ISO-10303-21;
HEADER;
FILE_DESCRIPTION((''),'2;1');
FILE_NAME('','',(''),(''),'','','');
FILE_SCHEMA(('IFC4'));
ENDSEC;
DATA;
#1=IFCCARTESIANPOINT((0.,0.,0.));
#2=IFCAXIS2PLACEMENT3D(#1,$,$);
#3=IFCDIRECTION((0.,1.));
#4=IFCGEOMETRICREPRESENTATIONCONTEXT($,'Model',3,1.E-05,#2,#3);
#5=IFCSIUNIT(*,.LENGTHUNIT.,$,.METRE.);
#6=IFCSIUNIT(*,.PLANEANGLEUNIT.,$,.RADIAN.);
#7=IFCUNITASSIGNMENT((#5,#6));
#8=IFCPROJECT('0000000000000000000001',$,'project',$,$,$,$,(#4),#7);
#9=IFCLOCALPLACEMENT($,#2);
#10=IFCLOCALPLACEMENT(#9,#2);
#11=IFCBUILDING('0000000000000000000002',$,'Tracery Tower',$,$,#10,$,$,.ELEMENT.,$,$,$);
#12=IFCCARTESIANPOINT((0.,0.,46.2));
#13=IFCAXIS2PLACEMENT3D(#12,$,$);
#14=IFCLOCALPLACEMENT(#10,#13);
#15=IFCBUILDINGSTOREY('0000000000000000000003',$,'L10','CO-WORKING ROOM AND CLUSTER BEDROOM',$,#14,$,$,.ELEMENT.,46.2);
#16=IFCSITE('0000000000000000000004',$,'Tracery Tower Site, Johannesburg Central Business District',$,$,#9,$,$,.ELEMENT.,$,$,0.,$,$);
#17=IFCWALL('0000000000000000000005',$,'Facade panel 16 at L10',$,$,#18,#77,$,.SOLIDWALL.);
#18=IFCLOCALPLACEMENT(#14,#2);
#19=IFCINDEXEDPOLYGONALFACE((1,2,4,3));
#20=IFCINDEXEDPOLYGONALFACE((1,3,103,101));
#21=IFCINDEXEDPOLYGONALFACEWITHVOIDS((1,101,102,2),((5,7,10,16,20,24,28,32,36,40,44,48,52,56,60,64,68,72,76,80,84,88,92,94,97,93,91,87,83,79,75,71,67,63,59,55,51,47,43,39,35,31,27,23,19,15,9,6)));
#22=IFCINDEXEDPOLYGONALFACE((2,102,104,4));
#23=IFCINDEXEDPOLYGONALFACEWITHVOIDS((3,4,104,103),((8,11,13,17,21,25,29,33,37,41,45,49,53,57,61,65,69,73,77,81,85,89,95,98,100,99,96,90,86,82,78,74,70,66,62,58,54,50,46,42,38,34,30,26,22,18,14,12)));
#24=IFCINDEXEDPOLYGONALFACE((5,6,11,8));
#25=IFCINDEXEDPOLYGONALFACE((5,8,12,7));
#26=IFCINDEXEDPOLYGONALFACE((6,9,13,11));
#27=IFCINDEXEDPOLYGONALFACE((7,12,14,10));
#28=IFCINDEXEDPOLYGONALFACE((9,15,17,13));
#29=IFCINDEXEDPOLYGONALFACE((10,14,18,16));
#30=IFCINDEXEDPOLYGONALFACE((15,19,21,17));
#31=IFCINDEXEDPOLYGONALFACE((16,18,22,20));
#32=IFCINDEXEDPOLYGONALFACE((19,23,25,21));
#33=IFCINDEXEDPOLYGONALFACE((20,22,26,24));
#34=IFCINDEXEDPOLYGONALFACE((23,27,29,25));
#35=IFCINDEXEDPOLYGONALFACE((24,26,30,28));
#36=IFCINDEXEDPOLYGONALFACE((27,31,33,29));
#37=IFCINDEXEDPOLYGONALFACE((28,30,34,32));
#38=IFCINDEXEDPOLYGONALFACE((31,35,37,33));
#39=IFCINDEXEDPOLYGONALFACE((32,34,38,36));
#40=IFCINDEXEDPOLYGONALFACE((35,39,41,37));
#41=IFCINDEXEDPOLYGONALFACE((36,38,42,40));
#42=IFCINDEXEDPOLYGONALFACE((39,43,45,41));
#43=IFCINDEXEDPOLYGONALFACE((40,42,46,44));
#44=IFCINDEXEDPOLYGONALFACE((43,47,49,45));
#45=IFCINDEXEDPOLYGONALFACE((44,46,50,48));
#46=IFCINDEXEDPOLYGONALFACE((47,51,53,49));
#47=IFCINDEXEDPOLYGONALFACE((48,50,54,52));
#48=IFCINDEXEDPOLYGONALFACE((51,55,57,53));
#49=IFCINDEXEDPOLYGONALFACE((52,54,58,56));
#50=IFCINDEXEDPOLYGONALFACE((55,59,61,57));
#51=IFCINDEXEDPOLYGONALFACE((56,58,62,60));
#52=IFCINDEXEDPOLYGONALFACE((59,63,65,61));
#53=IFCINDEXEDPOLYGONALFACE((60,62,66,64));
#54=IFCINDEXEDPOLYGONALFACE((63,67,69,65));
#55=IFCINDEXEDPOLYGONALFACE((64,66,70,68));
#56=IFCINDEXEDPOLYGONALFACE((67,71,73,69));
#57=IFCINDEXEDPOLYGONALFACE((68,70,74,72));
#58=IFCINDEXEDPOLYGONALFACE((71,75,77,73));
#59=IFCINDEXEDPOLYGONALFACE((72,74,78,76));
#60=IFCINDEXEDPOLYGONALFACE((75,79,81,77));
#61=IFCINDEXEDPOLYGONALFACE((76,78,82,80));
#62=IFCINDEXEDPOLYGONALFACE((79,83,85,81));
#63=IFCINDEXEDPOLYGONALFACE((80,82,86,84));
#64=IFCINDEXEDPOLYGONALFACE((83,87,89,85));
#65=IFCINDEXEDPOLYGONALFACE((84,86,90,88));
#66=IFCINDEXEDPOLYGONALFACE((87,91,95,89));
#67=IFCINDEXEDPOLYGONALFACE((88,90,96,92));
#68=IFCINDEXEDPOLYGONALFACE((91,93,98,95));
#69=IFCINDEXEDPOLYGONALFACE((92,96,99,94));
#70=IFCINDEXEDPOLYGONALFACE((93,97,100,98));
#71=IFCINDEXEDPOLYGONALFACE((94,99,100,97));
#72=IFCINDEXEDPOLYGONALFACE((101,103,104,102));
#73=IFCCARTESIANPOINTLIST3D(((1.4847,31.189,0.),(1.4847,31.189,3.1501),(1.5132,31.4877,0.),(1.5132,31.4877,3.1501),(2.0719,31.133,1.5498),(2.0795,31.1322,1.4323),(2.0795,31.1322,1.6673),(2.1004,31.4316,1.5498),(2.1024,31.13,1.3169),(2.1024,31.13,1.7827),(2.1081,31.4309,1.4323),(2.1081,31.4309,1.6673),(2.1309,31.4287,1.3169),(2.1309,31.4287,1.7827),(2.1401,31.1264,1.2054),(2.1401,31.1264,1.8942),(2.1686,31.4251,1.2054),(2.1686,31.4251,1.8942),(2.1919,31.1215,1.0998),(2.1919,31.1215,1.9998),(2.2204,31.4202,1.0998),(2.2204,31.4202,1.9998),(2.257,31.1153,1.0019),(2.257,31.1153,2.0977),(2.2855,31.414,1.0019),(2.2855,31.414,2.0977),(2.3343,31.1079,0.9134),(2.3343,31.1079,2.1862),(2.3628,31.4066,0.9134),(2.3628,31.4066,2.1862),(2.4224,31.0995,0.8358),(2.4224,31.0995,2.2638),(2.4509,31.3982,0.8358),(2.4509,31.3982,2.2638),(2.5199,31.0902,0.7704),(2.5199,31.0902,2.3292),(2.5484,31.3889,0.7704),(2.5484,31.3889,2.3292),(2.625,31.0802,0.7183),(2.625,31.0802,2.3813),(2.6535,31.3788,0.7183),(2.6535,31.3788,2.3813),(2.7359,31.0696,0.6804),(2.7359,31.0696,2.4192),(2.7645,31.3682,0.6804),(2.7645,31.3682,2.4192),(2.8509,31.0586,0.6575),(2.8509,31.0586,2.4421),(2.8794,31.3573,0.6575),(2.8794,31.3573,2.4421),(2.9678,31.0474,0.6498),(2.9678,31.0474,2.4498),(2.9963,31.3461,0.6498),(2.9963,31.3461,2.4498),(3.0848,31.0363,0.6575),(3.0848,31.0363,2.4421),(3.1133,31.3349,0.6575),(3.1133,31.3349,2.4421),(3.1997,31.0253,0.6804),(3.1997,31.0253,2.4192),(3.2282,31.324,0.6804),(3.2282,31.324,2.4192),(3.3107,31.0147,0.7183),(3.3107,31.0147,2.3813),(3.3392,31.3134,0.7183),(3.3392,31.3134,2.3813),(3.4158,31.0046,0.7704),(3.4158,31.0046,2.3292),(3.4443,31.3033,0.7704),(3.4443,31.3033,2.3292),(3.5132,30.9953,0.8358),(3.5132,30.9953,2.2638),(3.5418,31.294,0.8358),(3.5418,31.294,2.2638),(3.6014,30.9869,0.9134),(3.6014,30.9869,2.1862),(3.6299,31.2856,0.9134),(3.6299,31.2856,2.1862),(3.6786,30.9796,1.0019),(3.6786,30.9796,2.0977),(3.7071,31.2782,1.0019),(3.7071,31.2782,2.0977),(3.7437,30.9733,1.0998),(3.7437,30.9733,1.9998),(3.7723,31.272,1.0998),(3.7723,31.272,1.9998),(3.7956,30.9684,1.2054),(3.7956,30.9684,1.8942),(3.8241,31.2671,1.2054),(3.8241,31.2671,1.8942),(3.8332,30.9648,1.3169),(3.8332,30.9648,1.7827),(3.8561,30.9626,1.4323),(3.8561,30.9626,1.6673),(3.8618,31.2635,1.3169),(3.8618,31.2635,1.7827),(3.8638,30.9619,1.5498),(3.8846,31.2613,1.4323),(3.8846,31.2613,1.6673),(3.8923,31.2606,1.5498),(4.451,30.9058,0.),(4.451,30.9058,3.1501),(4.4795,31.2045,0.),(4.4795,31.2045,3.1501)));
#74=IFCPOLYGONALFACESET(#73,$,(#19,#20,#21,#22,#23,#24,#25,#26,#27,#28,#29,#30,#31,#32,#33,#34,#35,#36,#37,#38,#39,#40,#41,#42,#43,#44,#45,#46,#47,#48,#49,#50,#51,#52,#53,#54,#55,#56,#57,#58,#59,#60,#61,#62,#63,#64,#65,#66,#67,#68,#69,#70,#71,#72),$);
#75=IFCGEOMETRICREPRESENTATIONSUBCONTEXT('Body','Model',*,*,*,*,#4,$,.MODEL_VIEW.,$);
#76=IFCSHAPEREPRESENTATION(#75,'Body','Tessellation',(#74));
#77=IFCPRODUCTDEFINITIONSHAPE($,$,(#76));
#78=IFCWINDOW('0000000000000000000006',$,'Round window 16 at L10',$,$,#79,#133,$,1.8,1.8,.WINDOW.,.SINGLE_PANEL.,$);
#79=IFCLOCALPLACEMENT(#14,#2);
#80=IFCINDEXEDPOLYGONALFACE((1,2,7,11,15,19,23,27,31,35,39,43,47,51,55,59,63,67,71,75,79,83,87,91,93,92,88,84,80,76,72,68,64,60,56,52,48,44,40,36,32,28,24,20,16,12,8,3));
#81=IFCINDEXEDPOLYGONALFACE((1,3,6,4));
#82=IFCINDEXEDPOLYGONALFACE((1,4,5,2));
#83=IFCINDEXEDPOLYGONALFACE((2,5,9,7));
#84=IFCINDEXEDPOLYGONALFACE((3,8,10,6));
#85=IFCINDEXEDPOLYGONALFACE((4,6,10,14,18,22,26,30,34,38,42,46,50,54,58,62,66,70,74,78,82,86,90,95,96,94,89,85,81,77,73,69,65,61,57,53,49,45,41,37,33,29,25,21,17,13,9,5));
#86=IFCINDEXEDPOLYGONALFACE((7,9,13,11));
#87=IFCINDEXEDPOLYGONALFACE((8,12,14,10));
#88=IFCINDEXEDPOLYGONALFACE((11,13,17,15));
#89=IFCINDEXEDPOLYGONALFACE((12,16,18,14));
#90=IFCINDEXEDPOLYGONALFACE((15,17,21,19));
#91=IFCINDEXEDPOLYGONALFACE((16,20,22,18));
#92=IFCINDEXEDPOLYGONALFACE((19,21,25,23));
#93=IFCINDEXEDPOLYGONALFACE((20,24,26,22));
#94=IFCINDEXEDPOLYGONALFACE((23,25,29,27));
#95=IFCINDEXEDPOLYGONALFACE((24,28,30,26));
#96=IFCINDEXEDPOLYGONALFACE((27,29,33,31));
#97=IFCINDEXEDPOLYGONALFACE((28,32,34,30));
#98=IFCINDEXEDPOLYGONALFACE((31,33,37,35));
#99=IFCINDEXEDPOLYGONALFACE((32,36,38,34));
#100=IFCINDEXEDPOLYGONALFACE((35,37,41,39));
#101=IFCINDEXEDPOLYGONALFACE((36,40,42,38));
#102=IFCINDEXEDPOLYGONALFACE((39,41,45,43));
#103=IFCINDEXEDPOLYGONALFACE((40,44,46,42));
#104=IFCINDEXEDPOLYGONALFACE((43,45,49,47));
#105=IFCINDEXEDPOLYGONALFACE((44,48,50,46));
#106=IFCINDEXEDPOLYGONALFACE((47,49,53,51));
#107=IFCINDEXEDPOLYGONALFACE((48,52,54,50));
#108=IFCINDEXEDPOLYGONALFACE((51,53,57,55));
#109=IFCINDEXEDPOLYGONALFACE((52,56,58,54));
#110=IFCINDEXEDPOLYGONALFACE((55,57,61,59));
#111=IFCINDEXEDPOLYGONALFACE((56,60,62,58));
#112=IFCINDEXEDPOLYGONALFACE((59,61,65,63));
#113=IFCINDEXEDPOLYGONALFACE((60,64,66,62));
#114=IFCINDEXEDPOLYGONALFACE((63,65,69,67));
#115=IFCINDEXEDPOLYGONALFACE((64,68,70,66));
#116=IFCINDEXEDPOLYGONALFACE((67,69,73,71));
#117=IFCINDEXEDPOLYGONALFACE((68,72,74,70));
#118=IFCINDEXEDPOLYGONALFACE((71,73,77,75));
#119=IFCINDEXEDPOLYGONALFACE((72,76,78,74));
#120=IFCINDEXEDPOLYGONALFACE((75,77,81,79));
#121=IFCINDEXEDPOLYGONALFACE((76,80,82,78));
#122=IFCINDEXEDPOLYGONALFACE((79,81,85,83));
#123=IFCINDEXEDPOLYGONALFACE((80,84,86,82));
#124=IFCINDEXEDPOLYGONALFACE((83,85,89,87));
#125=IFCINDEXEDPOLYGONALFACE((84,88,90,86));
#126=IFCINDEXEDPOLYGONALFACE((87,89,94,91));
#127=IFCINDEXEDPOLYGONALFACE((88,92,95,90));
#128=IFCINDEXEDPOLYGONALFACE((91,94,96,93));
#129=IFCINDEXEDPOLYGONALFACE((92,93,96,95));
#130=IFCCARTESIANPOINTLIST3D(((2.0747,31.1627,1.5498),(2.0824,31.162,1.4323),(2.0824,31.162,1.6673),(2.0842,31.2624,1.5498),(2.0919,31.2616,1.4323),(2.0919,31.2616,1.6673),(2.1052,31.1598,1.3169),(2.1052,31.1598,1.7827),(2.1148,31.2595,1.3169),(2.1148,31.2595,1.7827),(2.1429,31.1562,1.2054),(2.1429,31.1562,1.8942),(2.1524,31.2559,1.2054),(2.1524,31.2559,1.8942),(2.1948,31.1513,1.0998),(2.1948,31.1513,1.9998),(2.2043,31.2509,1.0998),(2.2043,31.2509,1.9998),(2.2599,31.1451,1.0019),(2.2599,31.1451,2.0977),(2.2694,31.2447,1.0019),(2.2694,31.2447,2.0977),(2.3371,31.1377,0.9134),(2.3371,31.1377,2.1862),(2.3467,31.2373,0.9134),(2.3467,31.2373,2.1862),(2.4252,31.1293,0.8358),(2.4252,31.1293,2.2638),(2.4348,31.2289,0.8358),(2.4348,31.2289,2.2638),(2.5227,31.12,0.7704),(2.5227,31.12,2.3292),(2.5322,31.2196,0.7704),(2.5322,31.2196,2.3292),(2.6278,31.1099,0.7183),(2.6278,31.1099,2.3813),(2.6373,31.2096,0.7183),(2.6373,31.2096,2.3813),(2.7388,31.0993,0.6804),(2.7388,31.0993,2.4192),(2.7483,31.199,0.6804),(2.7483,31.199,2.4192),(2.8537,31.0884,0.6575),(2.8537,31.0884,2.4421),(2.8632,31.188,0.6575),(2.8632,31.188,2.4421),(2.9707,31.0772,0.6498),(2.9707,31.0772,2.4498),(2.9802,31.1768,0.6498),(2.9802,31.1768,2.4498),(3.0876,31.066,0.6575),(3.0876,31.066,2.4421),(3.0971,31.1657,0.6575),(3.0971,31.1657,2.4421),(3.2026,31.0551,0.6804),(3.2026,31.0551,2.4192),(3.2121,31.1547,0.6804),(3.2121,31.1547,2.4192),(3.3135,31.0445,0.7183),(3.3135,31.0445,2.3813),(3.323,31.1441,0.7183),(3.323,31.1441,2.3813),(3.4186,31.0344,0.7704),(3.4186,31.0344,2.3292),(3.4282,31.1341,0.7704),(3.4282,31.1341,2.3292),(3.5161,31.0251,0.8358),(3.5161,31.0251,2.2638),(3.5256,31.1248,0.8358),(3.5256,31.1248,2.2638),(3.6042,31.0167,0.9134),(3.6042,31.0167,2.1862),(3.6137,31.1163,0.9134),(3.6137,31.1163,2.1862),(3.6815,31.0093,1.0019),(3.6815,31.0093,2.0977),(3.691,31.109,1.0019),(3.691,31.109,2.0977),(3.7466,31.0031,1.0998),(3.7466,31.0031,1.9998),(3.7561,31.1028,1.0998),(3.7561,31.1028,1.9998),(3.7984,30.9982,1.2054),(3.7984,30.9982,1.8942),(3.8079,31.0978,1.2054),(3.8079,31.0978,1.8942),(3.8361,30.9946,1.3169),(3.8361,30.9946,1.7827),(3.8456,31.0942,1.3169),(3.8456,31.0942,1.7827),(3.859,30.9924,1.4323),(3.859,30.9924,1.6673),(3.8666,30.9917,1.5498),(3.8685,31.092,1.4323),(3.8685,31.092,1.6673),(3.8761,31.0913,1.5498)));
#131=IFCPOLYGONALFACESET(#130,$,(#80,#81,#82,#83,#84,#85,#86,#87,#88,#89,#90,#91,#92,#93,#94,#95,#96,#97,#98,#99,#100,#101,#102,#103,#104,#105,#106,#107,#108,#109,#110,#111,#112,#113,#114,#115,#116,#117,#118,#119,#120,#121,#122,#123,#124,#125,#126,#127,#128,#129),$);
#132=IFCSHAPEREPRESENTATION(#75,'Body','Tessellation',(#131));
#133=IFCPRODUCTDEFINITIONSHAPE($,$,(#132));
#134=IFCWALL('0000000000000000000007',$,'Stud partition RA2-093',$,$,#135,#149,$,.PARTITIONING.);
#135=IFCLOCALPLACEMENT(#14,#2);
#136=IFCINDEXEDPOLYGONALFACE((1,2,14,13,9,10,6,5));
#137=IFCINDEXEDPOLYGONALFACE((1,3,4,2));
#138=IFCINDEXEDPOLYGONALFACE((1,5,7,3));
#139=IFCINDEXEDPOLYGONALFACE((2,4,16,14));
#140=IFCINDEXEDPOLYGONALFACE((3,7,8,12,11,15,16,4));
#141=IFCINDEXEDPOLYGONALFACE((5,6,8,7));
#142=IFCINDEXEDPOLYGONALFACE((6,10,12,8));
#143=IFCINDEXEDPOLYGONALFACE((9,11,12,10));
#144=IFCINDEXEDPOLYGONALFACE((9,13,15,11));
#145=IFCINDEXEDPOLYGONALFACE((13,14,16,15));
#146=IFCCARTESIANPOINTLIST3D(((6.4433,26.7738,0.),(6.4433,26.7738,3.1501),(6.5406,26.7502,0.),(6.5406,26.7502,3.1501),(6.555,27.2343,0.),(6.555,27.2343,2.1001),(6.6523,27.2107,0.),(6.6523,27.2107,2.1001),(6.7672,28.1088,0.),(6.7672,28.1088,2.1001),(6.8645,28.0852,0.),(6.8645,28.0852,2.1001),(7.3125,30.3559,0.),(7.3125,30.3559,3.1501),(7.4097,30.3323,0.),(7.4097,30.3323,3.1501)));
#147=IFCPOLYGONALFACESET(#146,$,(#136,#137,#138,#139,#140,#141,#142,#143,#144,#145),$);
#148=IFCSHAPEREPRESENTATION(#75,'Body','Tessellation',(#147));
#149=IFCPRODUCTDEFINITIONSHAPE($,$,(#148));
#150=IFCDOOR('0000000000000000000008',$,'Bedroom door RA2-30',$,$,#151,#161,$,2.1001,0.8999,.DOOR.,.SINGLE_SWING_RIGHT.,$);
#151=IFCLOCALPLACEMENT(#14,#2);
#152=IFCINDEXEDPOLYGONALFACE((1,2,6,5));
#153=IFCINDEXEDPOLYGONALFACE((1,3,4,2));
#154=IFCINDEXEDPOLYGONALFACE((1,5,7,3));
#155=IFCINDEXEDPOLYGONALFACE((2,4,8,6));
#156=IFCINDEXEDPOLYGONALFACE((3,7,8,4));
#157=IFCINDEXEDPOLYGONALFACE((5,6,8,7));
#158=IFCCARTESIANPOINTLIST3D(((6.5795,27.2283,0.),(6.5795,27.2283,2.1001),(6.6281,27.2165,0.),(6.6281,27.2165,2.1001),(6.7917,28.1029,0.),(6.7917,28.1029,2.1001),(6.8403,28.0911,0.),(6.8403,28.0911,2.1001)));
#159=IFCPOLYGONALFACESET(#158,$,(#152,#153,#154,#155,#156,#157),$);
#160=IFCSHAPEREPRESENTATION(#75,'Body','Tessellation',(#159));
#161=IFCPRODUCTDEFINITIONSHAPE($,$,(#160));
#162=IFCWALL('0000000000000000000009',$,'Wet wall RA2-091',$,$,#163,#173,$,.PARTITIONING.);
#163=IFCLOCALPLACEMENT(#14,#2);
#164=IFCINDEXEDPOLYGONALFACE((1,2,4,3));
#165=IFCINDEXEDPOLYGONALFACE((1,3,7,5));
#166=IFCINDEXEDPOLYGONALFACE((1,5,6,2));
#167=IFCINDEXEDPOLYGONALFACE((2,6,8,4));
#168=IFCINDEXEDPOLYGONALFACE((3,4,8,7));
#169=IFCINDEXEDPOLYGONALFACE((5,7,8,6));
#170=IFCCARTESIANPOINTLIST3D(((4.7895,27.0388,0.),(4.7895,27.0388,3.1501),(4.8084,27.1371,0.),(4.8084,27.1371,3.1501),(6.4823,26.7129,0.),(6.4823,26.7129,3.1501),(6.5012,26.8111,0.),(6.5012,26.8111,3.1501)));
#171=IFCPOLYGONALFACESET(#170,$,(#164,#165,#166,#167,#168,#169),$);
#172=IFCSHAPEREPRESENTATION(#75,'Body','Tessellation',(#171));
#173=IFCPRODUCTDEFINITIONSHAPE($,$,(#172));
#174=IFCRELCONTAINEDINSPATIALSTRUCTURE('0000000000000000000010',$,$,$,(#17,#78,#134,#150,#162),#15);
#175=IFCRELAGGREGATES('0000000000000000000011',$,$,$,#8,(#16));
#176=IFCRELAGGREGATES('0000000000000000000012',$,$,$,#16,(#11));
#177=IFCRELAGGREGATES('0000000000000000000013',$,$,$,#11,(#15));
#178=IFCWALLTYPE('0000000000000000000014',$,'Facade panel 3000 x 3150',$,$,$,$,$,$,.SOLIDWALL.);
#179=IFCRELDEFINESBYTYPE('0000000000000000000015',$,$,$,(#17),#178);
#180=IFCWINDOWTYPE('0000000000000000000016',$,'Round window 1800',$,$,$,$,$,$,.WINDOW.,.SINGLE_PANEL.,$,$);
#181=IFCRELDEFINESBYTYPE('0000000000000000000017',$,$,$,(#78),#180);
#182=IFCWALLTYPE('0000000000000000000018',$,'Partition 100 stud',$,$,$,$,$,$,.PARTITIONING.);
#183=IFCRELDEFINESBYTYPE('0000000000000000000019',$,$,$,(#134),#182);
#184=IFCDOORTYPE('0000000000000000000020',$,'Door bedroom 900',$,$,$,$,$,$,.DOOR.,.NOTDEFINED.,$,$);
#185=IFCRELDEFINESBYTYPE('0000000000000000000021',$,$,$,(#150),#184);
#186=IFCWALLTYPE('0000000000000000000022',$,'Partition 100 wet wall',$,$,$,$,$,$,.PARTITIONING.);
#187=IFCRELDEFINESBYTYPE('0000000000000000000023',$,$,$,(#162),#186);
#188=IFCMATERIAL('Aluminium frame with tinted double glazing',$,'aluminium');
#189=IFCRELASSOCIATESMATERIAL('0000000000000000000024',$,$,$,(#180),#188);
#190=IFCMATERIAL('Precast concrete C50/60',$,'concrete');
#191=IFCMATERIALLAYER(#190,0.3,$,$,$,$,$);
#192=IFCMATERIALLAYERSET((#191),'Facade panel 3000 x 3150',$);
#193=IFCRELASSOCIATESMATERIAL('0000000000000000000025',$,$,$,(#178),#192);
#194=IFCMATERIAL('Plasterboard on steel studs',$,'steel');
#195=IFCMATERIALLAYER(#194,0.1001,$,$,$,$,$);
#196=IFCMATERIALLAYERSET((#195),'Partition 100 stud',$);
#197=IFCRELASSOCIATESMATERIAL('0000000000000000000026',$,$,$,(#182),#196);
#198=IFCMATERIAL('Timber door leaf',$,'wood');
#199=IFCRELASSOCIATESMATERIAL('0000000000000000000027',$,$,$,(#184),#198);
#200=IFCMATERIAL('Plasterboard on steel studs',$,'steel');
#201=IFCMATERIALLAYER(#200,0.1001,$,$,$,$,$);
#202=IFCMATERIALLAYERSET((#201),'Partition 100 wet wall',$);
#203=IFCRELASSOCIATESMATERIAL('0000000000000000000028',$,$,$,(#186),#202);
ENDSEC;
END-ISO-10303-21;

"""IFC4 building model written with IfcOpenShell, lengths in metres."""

from ifc_helpers import new_model, si_unit, direction, frame, frame_2d, origin, origin_2d, place, context, subcontext, project, spatial, rectangle, circle, extrude, material, layer, layer_set, type_object, element, fill, save


model = new_model("IFC4")

# Units and contexts
model_context = context("Model", 3, precision=1e-05, world=origin(), true_north=direction((0.0, 1.0)))
body_context = subcontext(model_context, "Body", "Model", "MODEL_VIEW")
ifc_project = project(units=[si_unit("LENGTHUNIT", "METRE"), si_unit("PLANEANGLEUNIT", "RADIAN")], contexts=[model_context])

# Site, building, storey
site_placement = place(None, origin())
site = spatial("IfcSite", under=ifc_project, at=site_placement, Name="Tracery Tower Site, Johannesburg Central Business District", CompositionType="ELEMENT", RefElevation=0.0)
building_placement = place(site_placement, origin())
building = spatial("IfcBuilding", under=site, at=building_placement, Name="Tracery Tower", CompositionType="ELEMENT")
storey_placement = place(building_placement, frame((0.0, 0.0, 46.2)))
storey = spatial("IfcBuildingStorey", under=building, at=storey_placement, Name="L10", Description="CO-WORKING ROOM AND CLUSTER BEDROOM", CompositionType="ELEMENT", Elevation=46.2)

# Wall, opening, window
ifc_material_1 = material(Name="Aluminium frame with tinted double glazing", Category="aluminium")
window_type = type_object("IfcWindowType", Name="Round window 1800", PartitioningType="SINGLE_PANEL", PredefinedType="WINDOW", material=ifc_material_1)
ifc_material_2 = material(Name="Precast concrete C50/60", Category="concrete")
ifc_layer_1 = layer(ifc_material_2, 0.3)
ifc_layer_set_1 = layer_set([ifc_layer_1], Name="Facade panel 3000 x 3150")
wall_type_1 = type_object("IfcWallType", Name="Facade panel 3000 x 3150", PredefinedType="SOLIDWALL", material=ifc_layer_set_1)
wall_1_placement = place(storey_placement, frame((4.4651, 31.0552, 0.0), z_axis=(0.0, 0.0, 1.0), x_axis=(-0.995473, 0.095041, 0.0)))
wall_1 = element("IfcWall", 1, at=wall_1_placement, inside=storey, type_object=wall_type_1, Name="Facade panel 16 at L10", PredefinedType="SOLIDWALL", context=body_context, shape_type="SweptSolid", body=[
    extrude(rectangle(XDim=2.9797, YDim=0.3, at=frame_2d((1.4897, 0.0))), origin(), (0.0, 0.0, 1.0), 3.1501),
])
opening_1_placement = place(wall_1_placement, frame((1.4897, 0.0, 1.5498)))
opening_1 = element("IfcOpeningElement", 2, at=opening_1_placement, cuts=wall_1, PredefinedType="OPENING", context=body_context, shape_type="SweptSolid", body=[
    extrude(circle(Radius=0.9, at=origin_2d()), frame((0.0, 0.1599, 0.0), z_axis=(0.0, -1.0, 0.0), x_axis=(1.0, 0.0, 0.0)), (0.0, 0.0, 1.0), 0.3201),
])
window_1_placement = place(opening_1_placement, origin())
window_1 = element("IfcWindow", 3, at=window_1_placement, inside=storey, type_object=window_type, Name="Round window 16 at L10", OverallHeight=1.8, OverallWidth=1.8, PartitioningType="SINGLE_PANEL", PredefinedType="WINDOW", context=body_context, shape_type="SweptSolid", body=[
    extrude(circle(Radius=0.9, at=origin_2d()), frame((0.0, 0.1201, 0.0), z_axis=(0.0, -1.0, 0.0), x_axis=(1.0, 0.0, 0.0)), (0.0, 0.0, 1.0), 0.1001),
])
fill(opening_1, window_1)

# Wall, opening, door
ifc_material_3 = material(Name="Plasterboard on steel studs", Category="steel")
ifc_layer_2 = layer(ifc_material_3, 0.1001)
ifc_layer_set_2 = layer_set([ifc_layer_2], Name="Partition 100 stud")
wall_type_2 = type_object("IfcWallType", Name="Partition 100 stud", PredefinedType="PARTITIONING", material=ifc_layer_set_2)
wall_2_placement = place(storey_placement, frame((6.4919, 26.762, 0.0), z_axis=(0.0, 0.0, 1.0), x_axis=(0.235797, 0.971802, 0.0)))
wall_2 = element("IfcWall", 4, at=wall_2_placement, inside=storey, type_object=wall_type_2, Name="Stud partition RA2-093", PredefinedType="PARTITIONING", context=body_context, shape_type="SweptSolid", body=[
    extrude(rectangle(XDim=3.686, YDim=0.1001, at=frame_2d((1.843, 0.0))), origin(), (0.0, 0.0, 1.0), 3.1501),
])
opening_2_placement = place(wall_2_placement, frame((0.4739, 0.0, 0.0)))
opening_2 = element("IfcOpeningElement", 5, at=opening_2_placement, cuts=wall_2, PredefinedType="OPENING", context=body_context, shape_type="SweptSolid", body=[
    extrude(rectangle(XDim=0.8999, YDim=2.1001, at=frame_2d((0.45, 1.05))), frame((0.0, 0.05, 0.0), z_axis=(0.0, -1.0, 0.0), x_axis=(1.0, 0.0, 0.0)), (0.0, 0.0, 1.0), 0.1001),
])
ifc_material_4 = material(Name="Timber door leaf", Category="wood")
door_type_1 = type_object("IfcDoorType", Name="Door bedroom 900", OperationType="NOTDEFINED", PredefinedType="DOOR", material=ifc_material_4)
door_1_placement = place(opening_2_placement, origin())
door_1 = element("IfcDoor", 6, at=door_1_placement, inside=storey, type_object=door_type_1, Name="Bedroom door RA2-30", OperationType="SINGLE_SWING_RIGHT", OverallHeight=2.1001, OverallWidth=0.8999, PredefinedType="DOOR", context=body_context, shape_type="SweptSolid", body=[
    extrude(rectangle(XDim=0.8999, YDim=2.1001, at=frame_2d((0.45, 1.05))), frame((0.0, 0.0249, 0.0), z_axis=(0.0, -1.0, 0.0), x_axis=(1.0, 0.0, 0.0)), (0.0, 0.0, 1.0), 0.05),
])
fill(opening_2, door_1)

# Wall
ifc_material_5 = material(Name="Plasterboard on steel studs", Category="steel")
ifc_layer_3 = layer(ifc_material_5, 0.1001)
ifc_layer_set_3 = layer_set([ifc_layer_3], Name="Partition 100 wet wall")
wall_type_3 = type_object("IfcWallType", Name="Partition 100 wet wall", PredefinedType="PARTITIONING", material=ifc_layer_set_3)
wall_3_placement = place(storey_placement, frame((4.7991, 27.0879, 0.0), z_axis=(0.0, 0.0, 1.0), x_axis=(0.981966, -0.189057, 0.0)))
element("IfcWall", 7, at=wall_3_placement, inside=storey, type_object=wall_type_3, Name="Wet wall RA2-091", PredefinedType="PARTITIONING", context=body_context, shape_type="SweptSolid", body=[
    extrude(rectangle(XDim=1.7239, YDim=0.1001, at=frame_2d((0.8618, 0.0))), origin(), (0.0, 0.0, 1.0), 3.1501),
])

save(model, "model.ifc")
